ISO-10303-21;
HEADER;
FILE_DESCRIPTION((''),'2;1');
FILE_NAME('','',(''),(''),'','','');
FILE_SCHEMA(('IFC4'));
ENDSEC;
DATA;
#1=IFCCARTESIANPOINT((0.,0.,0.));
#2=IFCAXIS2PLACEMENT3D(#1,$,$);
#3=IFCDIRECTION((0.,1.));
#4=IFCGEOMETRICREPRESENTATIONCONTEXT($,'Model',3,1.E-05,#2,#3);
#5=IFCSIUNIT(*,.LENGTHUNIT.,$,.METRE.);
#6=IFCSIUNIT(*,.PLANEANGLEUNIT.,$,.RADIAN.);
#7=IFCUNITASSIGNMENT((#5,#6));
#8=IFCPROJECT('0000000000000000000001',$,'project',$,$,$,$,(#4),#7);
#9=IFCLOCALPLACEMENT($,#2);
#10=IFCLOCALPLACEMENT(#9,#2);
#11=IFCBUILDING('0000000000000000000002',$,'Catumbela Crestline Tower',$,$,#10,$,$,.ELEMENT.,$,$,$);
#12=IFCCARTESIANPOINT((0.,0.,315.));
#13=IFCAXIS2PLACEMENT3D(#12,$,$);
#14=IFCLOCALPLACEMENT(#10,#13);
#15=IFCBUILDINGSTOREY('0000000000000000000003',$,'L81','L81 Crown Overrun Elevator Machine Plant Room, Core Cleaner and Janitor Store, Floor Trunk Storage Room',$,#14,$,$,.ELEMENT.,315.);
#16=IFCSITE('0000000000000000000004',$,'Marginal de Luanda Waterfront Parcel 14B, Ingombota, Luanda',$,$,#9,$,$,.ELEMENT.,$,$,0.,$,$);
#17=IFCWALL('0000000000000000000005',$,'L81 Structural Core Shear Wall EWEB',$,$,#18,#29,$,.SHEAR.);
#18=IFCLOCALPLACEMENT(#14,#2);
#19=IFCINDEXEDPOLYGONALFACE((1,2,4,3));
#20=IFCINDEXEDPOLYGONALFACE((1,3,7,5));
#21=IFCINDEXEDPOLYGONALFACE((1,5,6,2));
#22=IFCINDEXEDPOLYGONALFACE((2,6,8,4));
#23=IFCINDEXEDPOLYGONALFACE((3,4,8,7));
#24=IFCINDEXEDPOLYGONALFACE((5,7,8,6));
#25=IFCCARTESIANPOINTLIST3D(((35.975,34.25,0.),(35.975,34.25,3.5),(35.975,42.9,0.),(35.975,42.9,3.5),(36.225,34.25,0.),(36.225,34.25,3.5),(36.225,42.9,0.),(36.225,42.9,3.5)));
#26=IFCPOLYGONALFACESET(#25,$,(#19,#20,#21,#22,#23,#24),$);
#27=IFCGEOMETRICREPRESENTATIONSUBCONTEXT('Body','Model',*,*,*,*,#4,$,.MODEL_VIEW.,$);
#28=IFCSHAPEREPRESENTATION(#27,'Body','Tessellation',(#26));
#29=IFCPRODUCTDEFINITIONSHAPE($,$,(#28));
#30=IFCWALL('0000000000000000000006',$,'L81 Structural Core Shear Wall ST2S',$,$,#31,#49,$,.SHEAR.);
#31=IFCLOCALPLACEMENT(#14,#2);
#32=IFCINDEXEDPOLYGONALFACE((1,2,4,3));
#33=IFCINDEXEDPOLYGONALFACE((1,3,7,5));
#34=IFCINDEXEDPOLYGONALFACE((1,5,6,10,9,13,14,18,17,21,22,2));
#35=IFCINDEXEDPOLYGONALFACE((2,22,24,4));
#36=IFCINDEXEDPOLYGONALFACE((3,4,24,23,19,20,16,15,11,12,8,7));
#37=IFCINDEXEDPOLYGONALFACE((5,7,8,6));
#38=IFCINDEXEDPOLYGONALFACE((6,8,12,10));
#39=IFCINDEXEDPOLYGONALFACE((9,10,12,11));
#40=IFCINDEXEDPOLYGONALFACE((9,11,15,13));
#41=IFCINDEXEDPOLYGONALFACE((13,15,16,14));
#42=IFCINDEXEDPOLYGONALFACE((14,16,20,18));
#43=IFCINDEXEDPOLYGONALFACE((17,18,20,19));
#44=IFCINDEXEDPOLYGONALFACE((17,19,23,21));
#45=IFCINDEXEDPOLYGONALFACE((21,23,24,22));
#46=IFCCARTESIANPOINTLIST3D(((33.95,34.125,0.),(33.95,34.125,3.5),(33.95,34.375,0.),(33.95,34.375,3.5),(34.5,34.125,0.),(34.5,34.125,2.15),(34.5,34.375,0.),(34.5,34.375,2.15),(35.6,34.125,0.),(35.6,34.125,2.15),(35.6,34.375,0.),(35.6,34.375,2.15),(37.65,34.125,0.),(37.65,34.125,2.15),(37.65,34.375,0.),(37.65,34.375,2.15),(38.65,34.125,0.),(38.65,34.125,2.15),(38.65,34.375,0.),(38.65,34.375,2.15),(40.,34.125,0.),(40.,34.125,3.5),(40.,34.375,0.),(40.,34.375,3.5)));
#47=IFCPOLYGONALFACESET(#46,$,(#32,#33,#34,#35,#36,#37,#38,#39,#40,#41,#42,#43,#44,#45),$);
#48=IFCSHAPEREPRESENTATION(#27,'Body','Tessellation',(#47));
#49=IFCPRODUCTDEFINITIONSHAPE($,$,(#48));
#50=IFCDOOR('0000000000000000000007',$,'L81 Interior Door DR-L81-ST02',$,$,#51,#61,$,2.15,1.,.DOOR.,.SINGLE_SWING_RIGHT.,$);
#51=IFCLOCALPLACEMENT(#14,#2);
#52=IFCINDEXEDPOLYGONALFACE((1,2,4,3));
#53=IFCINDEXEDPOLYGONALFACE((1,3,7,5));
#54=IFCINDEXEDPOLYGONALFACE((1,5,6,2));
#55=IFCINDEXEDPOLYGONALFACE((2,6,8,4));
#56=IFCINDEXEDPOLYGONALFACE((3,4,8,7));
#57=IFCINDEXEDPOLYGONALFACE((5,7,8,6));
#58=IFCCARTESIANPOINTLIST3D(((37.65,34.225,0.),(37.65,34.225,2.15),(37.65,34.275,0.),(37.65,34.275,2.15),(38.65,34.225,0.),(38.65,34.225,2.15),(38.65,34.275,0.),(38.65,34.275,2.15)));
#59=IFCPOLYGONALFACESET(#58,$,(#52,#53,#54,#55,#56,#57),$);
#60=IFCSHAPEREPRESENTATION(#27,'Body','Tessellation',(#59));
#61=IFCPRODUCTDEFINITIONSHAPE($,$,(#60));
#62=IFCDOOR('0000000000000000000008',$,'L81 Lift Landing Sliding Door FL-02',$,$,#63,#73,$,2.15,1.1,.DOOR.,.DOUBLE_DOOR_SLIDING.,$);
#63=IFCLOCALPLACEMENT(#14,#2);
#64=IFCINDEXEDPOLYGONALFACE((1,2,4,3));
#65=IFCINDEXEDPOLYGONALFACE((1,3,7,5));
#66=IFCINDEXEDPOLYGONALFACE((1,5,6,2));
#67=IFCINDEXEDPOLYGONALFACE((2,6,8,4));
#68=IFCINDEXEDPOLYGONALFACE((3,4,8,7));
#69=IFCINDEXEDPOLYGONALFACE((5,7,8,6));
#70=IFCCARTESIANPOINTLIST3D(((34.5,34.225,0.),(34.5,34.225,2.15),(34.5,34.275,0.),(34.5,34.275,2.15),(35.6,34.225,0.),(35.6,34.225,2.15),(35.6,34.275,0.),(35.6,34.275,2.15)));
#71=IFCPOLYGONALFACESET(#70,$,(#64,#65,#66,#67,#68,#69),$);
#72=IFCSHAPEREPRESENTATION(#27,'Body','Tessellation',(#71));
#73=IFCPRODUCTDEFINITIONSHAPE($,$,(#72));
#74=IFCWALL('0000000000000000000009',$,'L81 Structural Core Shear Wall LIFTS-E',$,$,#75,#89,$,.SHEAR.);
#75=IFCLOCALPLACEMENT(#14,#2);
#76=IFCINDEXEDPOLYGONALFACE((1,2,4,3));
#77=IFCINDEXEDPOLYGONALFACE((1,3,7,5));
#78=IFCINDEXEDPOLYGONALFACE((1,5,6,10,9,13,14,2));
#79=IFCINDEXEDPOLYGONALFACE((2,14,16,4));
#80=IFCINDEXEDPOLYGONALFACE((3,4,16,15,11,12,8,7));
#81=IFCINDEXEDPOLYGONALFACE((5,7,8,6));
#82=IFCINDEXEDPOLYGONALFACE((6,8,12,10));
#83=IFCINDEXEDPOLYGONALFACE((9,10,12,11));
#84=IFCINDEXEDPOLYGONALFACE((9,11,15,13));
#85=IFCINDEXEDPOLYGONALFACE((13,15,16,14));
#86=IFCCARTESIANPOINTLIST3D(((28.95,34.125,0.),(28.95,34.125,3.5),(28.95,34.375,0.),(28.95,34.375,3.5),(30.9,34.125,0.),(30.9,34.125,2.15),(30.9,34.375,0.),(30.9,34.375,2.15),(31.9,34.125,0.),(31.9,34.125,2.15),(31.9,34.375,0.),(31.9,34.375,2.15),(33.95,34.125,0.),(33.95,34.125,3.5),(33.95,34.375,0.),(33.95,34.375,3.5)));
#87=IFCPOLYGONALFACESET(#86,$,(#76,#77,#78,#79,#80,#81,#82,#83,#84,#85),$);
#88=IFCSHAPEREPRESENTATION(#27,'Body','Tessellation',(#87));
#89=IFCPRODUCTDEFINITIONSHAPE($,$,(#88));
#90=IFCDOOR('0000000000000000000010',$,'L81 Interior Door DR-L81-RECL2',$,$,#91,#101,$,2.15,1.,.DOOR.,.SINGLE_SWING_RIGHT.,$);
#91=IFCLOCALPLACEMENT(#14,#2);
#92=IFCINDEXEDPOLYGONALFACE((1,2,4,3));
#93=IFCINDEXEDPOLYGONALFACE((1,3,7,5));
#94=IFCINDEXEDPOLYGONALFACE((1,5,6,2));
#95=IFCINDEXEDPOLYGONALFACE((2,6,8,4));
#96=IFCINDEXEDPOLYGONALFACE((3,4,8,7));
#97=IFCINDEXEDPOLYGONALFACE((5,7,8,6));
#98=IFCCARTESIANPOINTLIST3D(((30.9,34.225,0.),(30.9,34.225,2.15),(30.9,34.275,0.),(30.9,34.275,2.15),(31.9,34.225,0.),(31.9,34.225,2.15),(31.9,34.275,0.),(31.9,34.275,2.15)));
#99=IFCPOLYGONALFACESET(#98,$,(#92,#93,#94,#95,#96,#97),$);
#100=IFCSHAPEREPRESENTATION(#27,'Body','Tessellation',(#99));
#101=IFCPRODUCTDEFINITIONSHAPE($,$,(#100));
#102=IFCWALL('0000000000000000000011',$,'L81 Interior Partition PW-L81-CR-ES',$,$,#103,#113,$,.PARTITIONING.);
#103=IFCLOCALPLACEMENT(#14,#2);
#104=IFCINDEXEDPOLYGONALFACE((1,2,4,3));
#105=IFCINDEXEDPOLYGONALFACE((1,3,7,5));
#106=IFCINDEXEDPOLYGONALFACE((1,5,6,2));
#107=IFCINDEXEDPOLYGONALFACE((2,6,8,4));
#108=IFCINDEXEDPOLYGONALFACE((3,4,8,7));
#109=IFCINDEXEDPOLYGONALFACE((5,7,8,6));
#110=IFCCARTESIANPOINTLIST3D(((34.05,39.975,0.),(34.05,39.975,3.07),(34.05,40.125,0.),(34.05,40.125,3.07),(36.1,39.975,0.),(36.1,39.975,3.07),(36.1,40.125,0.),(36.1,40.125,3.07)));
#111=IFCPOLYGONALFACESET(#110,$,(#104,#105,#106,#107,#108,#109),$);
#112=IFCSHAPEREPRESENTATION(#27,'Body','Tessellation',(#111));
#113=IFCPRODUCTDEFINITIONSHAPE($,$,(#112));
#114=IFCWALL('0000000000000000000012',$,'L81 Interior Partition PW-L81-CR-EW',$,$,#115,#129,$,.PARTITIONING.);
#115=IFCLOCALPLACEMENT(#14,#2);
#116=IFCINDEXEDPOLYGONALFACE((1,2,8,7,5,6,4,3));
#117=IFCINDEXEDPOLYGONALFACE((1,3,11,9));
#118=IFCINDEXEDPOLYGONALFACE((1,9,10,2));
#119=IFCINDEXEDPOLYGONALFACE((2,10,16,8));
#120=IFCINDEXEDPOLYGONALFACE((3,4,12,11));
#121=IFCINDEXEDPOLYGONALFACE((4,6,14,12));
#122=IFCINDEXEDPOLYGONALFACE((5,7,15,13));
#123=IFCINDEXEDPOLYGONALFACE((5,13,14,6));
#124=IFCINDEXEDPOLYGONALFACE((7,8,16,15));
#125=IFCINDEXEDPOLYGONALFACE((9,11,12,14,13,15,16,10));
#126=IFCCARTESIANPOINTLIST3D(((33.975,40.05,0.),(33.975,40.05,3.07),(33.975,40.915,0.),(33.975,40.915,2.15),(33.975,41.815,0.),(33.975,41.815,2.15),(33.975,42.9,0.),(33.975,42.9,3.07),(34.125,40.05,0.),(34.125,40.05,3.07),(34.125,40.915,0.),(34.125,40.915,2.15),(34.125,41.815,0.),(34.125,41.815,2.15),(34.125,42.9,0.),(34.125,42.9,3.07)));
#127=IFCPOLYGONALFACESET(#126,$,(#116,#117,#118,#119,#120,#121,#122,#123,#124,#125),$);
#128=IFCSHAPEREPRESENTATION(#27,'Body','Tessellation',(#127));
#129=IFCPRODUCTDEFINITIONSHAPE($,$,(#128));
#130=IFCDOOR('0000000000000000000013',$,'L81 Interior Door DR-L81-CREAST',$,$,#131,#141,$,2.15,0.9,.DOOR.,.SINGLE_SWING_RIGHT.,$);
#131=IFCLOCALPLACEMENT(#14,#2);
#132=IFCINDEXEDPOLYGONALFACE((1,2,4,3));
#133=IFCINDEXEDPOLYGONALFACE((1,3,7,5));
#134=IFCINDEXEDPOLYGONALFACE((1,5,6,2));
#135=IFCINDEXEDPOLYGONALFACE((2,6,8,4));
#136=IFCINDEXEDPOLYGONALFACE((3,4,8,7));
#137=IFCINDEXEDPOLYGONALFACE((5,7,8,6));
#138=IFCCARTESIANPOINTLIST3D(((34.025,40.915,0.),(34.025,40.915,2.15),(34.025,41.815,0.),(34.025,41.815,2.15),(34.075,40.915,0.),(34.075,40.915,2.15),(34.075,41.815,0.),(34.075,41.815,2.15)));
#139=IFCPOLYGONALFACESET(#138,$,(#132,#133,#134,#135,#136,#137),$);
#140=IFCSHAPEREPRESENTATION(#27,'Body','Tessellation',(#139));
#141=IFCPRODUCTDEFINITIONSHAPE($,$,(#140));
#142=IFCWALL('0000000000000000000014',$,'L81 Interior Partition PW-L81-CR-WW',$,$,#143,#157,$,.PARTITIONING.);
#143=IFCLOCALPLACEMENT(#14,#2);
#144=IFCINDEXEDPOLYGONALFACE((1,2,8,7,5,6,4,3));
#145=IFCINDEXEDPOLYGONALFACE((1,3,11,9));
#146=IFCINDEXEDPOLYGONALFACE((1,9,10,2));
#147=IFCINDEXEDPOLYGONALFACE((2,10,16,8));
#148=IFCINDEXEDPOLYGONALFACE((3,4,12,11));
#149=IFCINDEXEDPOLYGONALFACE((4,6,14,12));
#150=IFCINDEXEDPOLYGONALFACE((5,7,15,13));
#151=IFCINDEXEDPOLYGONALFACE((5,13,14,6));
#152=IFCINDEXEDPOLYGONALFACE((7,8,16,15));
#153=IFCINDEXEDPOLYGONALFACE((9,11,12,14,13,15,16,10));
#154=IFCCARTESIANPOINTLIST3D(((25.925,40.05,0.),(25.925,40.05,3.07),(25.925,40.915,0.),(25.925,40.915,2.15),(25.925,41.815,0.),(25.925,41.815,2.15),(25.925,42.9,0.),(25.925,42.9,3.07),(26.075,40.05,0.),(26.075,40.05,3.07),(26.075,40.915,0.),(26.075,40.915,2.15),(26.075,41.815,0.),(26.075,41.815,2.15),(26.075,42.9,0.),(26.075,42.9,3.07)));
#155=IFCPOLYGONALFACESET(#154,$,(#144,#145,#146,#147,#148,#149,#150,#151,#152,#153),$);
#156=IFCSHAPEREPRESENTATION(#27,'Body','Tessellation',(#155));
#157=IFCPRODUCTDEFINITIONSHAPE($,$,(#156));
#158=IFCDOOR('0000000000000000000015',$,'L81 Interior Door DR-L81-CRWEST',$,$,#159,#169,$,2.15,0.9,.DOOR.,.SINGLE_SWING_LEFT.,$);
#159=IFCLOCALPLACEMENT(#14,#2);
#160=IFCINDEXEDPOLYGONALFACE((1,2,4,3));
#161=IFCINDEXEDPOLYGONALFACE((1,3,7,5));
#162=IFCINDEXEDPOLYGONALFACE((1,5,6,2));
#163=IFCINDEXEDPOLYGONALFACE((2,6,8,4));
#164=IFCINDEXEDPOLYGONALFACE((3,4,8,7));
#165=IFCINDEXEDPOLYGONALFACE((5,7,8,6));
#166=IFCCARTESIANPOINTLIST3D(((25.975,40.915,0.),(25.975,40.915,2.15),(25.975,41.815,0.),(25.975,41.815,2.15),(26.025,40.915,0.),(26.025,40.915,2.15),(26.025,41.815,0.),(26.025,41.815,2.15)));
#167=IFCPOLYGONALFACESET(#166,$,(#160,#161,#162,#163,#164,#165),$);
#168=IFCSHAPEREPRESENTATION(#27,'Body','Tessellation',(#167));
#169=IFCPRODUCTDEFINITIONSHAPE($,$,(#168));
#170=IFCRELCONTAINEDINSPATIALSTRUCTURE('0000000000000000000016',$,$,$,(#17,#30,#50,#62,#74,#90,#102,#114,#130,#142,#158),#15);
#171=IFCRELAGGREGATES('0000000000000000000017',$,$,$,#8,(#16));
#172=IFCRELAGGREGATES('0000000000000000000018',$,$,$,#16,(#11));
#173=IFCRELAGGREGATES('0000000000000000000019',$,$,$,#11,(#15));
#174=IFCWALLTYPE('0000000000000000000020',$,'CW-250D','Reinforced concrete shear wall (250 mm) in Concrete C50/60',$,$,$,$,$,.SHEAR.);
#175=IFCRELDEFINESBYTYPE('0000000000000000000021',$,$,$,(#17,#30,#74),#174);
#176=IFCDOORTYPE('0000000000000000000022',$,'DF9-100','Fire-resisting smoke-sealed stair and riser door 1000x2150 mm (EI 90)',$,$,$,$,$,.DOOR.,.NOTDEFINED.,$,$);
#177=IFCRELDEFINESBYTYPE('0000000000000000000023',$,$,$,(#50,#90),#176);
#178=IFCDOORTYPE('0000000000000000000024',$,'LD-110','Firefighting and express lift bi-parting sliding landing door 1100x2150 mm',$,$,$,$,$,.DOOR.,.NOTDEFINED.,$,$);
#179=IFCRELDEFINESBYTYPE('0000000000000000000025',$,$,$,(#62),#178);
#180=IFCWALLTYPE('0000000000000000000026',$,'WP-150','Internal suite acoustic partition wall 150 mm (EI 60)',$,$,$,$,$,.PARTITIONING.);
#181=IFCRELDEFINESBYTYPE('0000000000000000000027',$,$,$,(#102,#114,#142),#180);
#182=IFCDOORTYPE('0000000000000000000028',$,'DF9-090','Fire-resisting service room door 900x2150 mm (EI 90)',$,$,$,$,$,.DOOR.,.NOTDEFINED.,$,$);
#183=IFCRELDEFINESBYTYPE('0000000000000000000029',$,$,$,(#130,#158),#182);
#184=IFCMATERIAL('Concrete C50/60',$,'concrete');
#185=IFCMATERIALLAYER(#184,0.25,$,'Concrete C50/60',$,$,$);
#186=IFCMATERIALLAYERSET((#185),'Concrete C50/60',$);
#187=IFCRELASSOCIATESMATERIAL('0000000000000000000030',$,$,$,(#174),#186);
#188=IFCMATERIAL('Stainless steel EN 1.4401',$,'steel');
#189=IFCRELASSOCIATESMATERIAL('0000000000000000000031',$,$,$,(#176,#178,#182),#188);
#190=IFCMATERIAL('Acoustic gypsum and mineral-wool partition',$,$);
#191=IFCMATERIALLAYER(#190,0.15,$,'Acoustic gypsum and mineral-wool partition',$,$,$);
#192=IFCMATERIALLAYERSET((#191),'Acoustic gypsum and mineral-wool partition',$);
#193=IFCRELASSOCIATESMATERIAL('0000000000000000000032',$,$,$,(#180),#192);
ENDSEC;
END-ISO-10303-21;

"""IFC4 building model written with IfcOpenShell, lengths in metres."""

from ifc_helpers import new_model, si_unit, direction, frame, frame_2d, origin, place, context, subcontext, project, spatial, rectangle, extrude, material, layer, layer_set, type_object, element, fill, save


model = new_model("IFC4")

# Units and contexts
model_context = context("Model", 3, precision=1e-05, world=origin(), true_north=direction((0.0, 1.0)))
body_context = subcontext(model_context, "Body", "Model", "MODEL_VIEW")
ifc_project = project(units=[si_unit("LENGTHUNIT", "METRE"), si_unit("PLANEANGLEUNIT", "RADIAN")], contexts=[model_context])

# Site, building, storey
site_placement = place(None, origin())
site = spatial("IfcSite", under=ifc_project, at=site_placement, Name="Marginal de Luanda Waterfront Parcel 14B, Ingombota, Luanda", CompositionType="ELEMENT", RefElevation=0.0)
building_placement = place(site_placement, origin())
building = spatial("IfcBuilding", under=site, at=building_placement, Name="Catumbela Crestline Tower", CompositionType="ELEMENT")
storey_placement = place(building_placement, frame((0.0, 0.0, 315.0)))
storey = spatial("IfcBuildingStorey", under=building, at=storey_placement, Name="L81", Description="L81 Crown Overrun Elevator Machine Plant Room, Core Cleaner and Janitor Store, Floor Trunk Storage Room", CompositionType="ELEMENT", Elevation=315.0)

# Wall
ifc_material_1 = material(Name="Concrete C50/60", Category="concrete")
ifc_layer_1 = layer(ifc_material_1, 0.25, Name="Concrete C50/60")
ifc_layer_set_1 = layer_set([ifc_layer_1], Name="Concrete C50/60")
wall_type_1 = type_object("IfcWallType", Name="CW-250D", Description="Reinforced concrete shear wall (250 mm) in Concrete C50/60", PredefinedType="SHEAR", material=ifc_layer_set_1)
wall_1_placement = place(storey_placement, frame((36.1, 34.25, 0.0), z_axis=(0.0, 0.0, 1.0), x_axis=(0.0, 1.0, 0.0)))
element("IfcWall", 1, at=wall_1_placement, inside=storey, type_object=wall_type_1, Name="L81 Structural Core Shear Wall EWEB", PredefinedType="SHEAR", context=body_context, shape_type="SweptSolid", body=[
    extrude(rectangle(XDim=8.65, YDim=0.25, at=frame_2d((4.325, 0.0))), origin(), (0.0, 0.0, 1.0), 3.5),
])

# Wall, openings, doors
wall_2_placement = place(storey_placement, frame((33.95, 34.25, 0.0), z_axis=(0.0, 0.0, 1.0), x_axis=(1.0, 0.0, 0.0)))
wall_2 = element("IfcWall", 2, at=wall_2_placement, inside=storey, type_object=wall_type_1, Name="L81 Structural Core Shear Wall ST2S", PredefinedType="SHEAR", context=body_context, shape_type="SweptSolid", body=[
    extrude(rectangle(XDim=6.05, YDim=0.25, at=frame_2d((3.025, 0.0))), origin(), (0.0, 0.0, 1.0), 3.5),
])
opening_1_placement = place(wall_2_placement, frame((3.7, 0.0, 0.0)))
opening_1 = element("IfcOpeningElement", 3, at=opening_1_placement, cuts=wall_2, PredefinedType="OPENING", context=body_context, shape_type="SweptSolid", body=[
    extrude(rectangle(XDim=1.0, YDim=2.15, at=frame_2d((0.5, 1.075))), frame((0.0, 0.135, 0.0), z_axis=(0.0, -1.0, 0.0), x_axis=(1.0, 0.0, 0.0)), (0.0, 0.0, 1.0), 0.27),
])
opening_2_placement = place(wall_2_placement, frame((0.55, 0.0, 0.0)))
opening_2 = element("IfcOpeningElement", 4, at=opening_2_placement, cuts=wall_2, PredefinedType="OPENING", context=body_context, shape_type="SweptSolid", body=[
    extrude(rectangle(XDim=1.1, YDim=2.15, at=frame_2d((0.55, 1.075))), frame((0.0, 0.135, 0.0), z_axis=(0.0, -1.0, 0.0), x_axis=(1.0, 0.0, 0.0)), (0.0, 0.0, 1.0), 0.27),
])
ifc_material_2 = material(Name="Stainless steel EN 1.4401", Category="steel")
door_type_1 = type_object("IfcDoorType", Name="DF9-100", Description="Fire-resisting smoke-sealed stair and riser door 1000x2150 mm (EI 90)", OperationType="NOTDEFINED", PredefinedType="DOOR", material=ifc_material_2)
door_1_placement = place(opening_1_placement, origin())
door_1 = element("IfcDoor", 5, at=door_1_placement, inside=storey, type_object=door_type_1, Name="L81 Interior Door DR-L81-ST02", OperationType="SINGLE_SWING_RIGHT", OverallHeight=2.15, OverallWidth=1.0, PredefinedType="DOOR", context=body_context, shape_type="SweptSolid", body=[
    extrude(rectangle(XDim=1.0, YDim=2.15, at=frame_2d((0.5, 1.075))), frame((0.0, 0.025, 0.0), z_axis=(0.0, -1.0, 0.0), x_axis=(1.0, 0.0, 0.0)), (0.0, 0.0, 1.0), 0.05),
])
fill(opening_1, door_1)
door_type_2 = type_object("IfcDoorType", Name="LD-110", Description="Firefighting and express lift bi-parting sliding landing door 1100x2150 mm", OperationType="NOTDEFINED", PredefinedType="DOOR", material=ifc_material_2)
door_2_placement = place(opening_2_placement, origin())
door_2 = element("IfcDoor", 6, at=door_2_placement, inside=storey, type_object=door_type_2, Name="L81 Lift Landing Sliding Door FL-02", OperationType="DOUBLE_DOOR_SLIDING", OverallHeight=2.15, OverallWidth=1.1, PredefinedType="DOOR", context=body_context, shape_type="SweptSolid", body=[
    extrude(rectangle(XDim=1.1, YDim=2.15, at=frame_2d((0.55, 1.075))), frame((0.0, 0.025, 0.0), z_axis=(0.0, -1.0, 0.0), x_axis=(1.0, 0.0, 0.0)), (0.0, 0.0, 1.0), 0.05),
])
fill(opening_2, door_2)

# Wall, opening, door
wall_3_placement = place(storey_placement, frame((28.95, 34.25, 0.0), z_axis=(0.0, 0.0, 1.0), x_axis=(1.0, 0.0, 0.0)))
wall_3 = element("IfcWall", 7, at=wall_3_placement, inside=storey, type_object=wall_type_1, Name="L81 Structural Core Shear Wall LIFTS-E", PredefinedType="SHEAR", context=body_context, shape_type="SweptSolid", body=[
    extrude(rectangle(XDim=5.0, YDim=0.25, at=frame_2d((2.5, 0.0))), origin(), (0.0, 0.0, 1.0), 3.5),
])
opening_3_placement = place(wall_3_placement, frame((1.95, 0.0, 0.0)))
opening_3 = element("IfcOpeningElement", 8, at=opening_3_placement, cuts=wall_3, PredefinedType="OPENING", context=body_context, shape_type="SweptSolid", body=[
    extrude(rectangle(XDim=1.0, YDim=2.15, at=frame_2d((0.5, 1.075))), frame((0.0, 0.135, 0.0), z_axis=(0.0, -1.0, 0.0), x_axis=(1.0, 0.0, 0.0)), (0.0, 0.0, 1.0), 0.27),
])
door_3_placement = place(opening_3_placement, origin())
door_3 = element("IfcDoor", 9, at=door_3_placement, inside=storey, type_object=door_type_1, Name="L81 Interior Door DR-L81-RECL2", OperationType="SINGLE_SWING_RIGHT", OverallHeight=2.15, OverallWidth=1.0, PredefinedType="DOOR", context=body_context, shape_type="SweptSolid", body=[
    extrude(rectangle(XDim=1.0, YDim=2.15, at=frame_2d((0.5, 1.075))), frame((0.0, 0.025, 0.0), z_axis=(0.0, -1.0, 0.0), x_axis=(1.0, 0.0, 0.0)), (0.0, 0.0, 1.0), 0.05),
])
fill(opening_3, door_3)

# Wall
ifc_material_3 = material(Name="Acoustic gypsum and mineral-wool partition")
ifc_layer_2 = layer(ifc_material_3, 0.15, Name="Acoustic gypsum and mineral-wool partition")
ifc_layer_set_2 = layer_set([ifc_layer_2], Name="Acoustic gypsum and mineral-wool partition")
wall_type_2 = type_object("IfcWallType", Name="WP-150", Description="Internal suite acoustic partition wall 150 mm (EI 60)", PredefinedType="PARTITIONING", material=ifc_layer_set_2)
wall_4_placement = place(storey_placement, frame((34.05, 40.05, 0.0), z_axis=(0.0, 0.0, 1.0), x_axis=(1.0, 0.0, 0.0)))
element("IfcWall", 10, at=wall_4_placement, inside=storey, type_object=wall_type_2, Name="L81 Interior Partition PW-L81-CR-ES", PredefinedType="PARTITIONING", context=body_context, shape_type="SweptSolid", body=[
    extrude(rectangle(XDim=2.05, YDim=0.15, at=frame_2d((1.025, 0.0))), origin(), (0.0, 0.0, 1.0), 3.07),
])

# Walls, openings, doors
wall_5_placement = place(storey_placement, frame((34.05, 40.05, 0.0), z_axis=(0.0, 0.0, 1.0), x_axis=(0.0, 1.0, 0.0)))
wall_5 = element("IfcWall", 11, at=wall_5_placement, inside=storey, type_object=wall_type_2, Name="L81 Interior Partition PW-L81-CR-EW", PredefinedType="PARTITIONING", context=body_context, shape_type="SweptSolid", body=[
    extrude(rectangle(XDim=2.85, YDim=0.15, at=frame_2d((1.425, 0.0))), origin(), (0.0, 0.0, 1.0), 3.07),
])
opening_4_placement = place(wall_5_placement, frame((0.865, 0.0, 0.0)))
opening_4 = element("IfcOpeningElement", 12, at=opening_4_placement, cuts=wall_5, PredefinedType="OPENING", context=body_context, shape_type="SweptSolid", body=[
    extrude(rectangle(XDim=0.9, YDim=2.15, at=frame_2d((0.45, 1.075))), frame((0.0, 0.085, 0.0), z_axis=(0.0, -1.0, 0.0), x_axis=(1.0, 0.0, 0.0)), (0.0, 0.0, 1.0), 0.17),
])
door_type_3 = type_object("IfcDoorType", Name="DF9-090", Description="Fire-resisting service room door 900x2150 mm (EI 90)", OperationType="NOTDEFINED", PredefinedType="DOOR", material=ifc_material_2)
door_4_placement = place(opening_4_placement, origin())
door_4 = element("IfcDoor", 13, at=door_4_placement, inside=storey, type_object=door_type_3, Name="L81 Interior Door DR-L81-CREAST", OperationType="SINGLE_SWING_RIGHT", OverallHeight=2.15, OverallWidth=0.9, PredefinedType="DOOR", context=body_context, shape_type="SweptSolid", body=[
    extrude(rectangle(XDim=0.9, YDim=2.15, at=frame_2d((0.45, 1.075))), frame((0.0, 0.025, 0.0), z_axis=(0.0, -1.0, 0.0), x_axis=(1.0, 0.0, 0.0)), (0.0, 0.0, 1.0), 0.05),
])
fill(opening_4, door_4)
wall_6_placement = place(storey_placement, frame((26.0, 40.05, 0.0), z_axis=(0.0, 0.0, 1.0), x_axis=(0.0, 1.0, 0.0)))
wall_6 = element("IfcWall", 14, at=wall_6_placement, inside=storey, type_object=wall_type_2, Name="L81 Interior Partition PW-L81-CR-WW", PredefinedType="PARTITIONING", context=body_context, shape_type="SweptSolid", body=[
    extrude(rectangle(XDim=2.85, YDim=0.15, at=frame_2d((1.425, 0.0))), origin(), (0.0, 0.0, 1.0), 3.07),
])
opening_5_placement = place(wall_6_placement, frame((0.865, 0.0, 0.0)))
opening_5 = element("IfcOpeningElement", 15, at=opening_5_placement, cuts=wall_6, PredefinedType="OPENING", context=body_context, shape_type="SweptSolid", body=[
    extrude(rectangle(XDim=0.9, YDim=2.15, at=frame_2d((0.45, 1.075))), frame((0.0, 0.085, 0.0), z_axis=(0.0, -1.0, 0.0), x_axis=(1.0, 0.0, 0.0)), (0.0, 0.0, 1.0), 0.17),
])
door_5_placement = place(opening_5_placement, origin())
door_5 = element("IfcDoor", 16, at=door_5_placement, inside=storey, type_object=door_type_3, Name="L81 Interior Door DR-L81-CRWEST", OperationType="SINGLE_SWING_LEFT", OverallHeight=2.15, OverallWidth=0.9, PredefinedType="DOOR", context=body_context, shape_type="SweptSolid", body=[
    extrude(rectangle(XDim=0.9, YDim=2.15, at=frame_2d((0.45, 1.075))), frame((0.0, 0.025, 0.0), z_axis=(0.0, -1.0, 0.0), x_axis=(1.0, 0.0, 0.0)), (0.0, 0.0, 1.0), 0.05),
])
fill(opening_5, door_5)

save(model, "model.ifc")
